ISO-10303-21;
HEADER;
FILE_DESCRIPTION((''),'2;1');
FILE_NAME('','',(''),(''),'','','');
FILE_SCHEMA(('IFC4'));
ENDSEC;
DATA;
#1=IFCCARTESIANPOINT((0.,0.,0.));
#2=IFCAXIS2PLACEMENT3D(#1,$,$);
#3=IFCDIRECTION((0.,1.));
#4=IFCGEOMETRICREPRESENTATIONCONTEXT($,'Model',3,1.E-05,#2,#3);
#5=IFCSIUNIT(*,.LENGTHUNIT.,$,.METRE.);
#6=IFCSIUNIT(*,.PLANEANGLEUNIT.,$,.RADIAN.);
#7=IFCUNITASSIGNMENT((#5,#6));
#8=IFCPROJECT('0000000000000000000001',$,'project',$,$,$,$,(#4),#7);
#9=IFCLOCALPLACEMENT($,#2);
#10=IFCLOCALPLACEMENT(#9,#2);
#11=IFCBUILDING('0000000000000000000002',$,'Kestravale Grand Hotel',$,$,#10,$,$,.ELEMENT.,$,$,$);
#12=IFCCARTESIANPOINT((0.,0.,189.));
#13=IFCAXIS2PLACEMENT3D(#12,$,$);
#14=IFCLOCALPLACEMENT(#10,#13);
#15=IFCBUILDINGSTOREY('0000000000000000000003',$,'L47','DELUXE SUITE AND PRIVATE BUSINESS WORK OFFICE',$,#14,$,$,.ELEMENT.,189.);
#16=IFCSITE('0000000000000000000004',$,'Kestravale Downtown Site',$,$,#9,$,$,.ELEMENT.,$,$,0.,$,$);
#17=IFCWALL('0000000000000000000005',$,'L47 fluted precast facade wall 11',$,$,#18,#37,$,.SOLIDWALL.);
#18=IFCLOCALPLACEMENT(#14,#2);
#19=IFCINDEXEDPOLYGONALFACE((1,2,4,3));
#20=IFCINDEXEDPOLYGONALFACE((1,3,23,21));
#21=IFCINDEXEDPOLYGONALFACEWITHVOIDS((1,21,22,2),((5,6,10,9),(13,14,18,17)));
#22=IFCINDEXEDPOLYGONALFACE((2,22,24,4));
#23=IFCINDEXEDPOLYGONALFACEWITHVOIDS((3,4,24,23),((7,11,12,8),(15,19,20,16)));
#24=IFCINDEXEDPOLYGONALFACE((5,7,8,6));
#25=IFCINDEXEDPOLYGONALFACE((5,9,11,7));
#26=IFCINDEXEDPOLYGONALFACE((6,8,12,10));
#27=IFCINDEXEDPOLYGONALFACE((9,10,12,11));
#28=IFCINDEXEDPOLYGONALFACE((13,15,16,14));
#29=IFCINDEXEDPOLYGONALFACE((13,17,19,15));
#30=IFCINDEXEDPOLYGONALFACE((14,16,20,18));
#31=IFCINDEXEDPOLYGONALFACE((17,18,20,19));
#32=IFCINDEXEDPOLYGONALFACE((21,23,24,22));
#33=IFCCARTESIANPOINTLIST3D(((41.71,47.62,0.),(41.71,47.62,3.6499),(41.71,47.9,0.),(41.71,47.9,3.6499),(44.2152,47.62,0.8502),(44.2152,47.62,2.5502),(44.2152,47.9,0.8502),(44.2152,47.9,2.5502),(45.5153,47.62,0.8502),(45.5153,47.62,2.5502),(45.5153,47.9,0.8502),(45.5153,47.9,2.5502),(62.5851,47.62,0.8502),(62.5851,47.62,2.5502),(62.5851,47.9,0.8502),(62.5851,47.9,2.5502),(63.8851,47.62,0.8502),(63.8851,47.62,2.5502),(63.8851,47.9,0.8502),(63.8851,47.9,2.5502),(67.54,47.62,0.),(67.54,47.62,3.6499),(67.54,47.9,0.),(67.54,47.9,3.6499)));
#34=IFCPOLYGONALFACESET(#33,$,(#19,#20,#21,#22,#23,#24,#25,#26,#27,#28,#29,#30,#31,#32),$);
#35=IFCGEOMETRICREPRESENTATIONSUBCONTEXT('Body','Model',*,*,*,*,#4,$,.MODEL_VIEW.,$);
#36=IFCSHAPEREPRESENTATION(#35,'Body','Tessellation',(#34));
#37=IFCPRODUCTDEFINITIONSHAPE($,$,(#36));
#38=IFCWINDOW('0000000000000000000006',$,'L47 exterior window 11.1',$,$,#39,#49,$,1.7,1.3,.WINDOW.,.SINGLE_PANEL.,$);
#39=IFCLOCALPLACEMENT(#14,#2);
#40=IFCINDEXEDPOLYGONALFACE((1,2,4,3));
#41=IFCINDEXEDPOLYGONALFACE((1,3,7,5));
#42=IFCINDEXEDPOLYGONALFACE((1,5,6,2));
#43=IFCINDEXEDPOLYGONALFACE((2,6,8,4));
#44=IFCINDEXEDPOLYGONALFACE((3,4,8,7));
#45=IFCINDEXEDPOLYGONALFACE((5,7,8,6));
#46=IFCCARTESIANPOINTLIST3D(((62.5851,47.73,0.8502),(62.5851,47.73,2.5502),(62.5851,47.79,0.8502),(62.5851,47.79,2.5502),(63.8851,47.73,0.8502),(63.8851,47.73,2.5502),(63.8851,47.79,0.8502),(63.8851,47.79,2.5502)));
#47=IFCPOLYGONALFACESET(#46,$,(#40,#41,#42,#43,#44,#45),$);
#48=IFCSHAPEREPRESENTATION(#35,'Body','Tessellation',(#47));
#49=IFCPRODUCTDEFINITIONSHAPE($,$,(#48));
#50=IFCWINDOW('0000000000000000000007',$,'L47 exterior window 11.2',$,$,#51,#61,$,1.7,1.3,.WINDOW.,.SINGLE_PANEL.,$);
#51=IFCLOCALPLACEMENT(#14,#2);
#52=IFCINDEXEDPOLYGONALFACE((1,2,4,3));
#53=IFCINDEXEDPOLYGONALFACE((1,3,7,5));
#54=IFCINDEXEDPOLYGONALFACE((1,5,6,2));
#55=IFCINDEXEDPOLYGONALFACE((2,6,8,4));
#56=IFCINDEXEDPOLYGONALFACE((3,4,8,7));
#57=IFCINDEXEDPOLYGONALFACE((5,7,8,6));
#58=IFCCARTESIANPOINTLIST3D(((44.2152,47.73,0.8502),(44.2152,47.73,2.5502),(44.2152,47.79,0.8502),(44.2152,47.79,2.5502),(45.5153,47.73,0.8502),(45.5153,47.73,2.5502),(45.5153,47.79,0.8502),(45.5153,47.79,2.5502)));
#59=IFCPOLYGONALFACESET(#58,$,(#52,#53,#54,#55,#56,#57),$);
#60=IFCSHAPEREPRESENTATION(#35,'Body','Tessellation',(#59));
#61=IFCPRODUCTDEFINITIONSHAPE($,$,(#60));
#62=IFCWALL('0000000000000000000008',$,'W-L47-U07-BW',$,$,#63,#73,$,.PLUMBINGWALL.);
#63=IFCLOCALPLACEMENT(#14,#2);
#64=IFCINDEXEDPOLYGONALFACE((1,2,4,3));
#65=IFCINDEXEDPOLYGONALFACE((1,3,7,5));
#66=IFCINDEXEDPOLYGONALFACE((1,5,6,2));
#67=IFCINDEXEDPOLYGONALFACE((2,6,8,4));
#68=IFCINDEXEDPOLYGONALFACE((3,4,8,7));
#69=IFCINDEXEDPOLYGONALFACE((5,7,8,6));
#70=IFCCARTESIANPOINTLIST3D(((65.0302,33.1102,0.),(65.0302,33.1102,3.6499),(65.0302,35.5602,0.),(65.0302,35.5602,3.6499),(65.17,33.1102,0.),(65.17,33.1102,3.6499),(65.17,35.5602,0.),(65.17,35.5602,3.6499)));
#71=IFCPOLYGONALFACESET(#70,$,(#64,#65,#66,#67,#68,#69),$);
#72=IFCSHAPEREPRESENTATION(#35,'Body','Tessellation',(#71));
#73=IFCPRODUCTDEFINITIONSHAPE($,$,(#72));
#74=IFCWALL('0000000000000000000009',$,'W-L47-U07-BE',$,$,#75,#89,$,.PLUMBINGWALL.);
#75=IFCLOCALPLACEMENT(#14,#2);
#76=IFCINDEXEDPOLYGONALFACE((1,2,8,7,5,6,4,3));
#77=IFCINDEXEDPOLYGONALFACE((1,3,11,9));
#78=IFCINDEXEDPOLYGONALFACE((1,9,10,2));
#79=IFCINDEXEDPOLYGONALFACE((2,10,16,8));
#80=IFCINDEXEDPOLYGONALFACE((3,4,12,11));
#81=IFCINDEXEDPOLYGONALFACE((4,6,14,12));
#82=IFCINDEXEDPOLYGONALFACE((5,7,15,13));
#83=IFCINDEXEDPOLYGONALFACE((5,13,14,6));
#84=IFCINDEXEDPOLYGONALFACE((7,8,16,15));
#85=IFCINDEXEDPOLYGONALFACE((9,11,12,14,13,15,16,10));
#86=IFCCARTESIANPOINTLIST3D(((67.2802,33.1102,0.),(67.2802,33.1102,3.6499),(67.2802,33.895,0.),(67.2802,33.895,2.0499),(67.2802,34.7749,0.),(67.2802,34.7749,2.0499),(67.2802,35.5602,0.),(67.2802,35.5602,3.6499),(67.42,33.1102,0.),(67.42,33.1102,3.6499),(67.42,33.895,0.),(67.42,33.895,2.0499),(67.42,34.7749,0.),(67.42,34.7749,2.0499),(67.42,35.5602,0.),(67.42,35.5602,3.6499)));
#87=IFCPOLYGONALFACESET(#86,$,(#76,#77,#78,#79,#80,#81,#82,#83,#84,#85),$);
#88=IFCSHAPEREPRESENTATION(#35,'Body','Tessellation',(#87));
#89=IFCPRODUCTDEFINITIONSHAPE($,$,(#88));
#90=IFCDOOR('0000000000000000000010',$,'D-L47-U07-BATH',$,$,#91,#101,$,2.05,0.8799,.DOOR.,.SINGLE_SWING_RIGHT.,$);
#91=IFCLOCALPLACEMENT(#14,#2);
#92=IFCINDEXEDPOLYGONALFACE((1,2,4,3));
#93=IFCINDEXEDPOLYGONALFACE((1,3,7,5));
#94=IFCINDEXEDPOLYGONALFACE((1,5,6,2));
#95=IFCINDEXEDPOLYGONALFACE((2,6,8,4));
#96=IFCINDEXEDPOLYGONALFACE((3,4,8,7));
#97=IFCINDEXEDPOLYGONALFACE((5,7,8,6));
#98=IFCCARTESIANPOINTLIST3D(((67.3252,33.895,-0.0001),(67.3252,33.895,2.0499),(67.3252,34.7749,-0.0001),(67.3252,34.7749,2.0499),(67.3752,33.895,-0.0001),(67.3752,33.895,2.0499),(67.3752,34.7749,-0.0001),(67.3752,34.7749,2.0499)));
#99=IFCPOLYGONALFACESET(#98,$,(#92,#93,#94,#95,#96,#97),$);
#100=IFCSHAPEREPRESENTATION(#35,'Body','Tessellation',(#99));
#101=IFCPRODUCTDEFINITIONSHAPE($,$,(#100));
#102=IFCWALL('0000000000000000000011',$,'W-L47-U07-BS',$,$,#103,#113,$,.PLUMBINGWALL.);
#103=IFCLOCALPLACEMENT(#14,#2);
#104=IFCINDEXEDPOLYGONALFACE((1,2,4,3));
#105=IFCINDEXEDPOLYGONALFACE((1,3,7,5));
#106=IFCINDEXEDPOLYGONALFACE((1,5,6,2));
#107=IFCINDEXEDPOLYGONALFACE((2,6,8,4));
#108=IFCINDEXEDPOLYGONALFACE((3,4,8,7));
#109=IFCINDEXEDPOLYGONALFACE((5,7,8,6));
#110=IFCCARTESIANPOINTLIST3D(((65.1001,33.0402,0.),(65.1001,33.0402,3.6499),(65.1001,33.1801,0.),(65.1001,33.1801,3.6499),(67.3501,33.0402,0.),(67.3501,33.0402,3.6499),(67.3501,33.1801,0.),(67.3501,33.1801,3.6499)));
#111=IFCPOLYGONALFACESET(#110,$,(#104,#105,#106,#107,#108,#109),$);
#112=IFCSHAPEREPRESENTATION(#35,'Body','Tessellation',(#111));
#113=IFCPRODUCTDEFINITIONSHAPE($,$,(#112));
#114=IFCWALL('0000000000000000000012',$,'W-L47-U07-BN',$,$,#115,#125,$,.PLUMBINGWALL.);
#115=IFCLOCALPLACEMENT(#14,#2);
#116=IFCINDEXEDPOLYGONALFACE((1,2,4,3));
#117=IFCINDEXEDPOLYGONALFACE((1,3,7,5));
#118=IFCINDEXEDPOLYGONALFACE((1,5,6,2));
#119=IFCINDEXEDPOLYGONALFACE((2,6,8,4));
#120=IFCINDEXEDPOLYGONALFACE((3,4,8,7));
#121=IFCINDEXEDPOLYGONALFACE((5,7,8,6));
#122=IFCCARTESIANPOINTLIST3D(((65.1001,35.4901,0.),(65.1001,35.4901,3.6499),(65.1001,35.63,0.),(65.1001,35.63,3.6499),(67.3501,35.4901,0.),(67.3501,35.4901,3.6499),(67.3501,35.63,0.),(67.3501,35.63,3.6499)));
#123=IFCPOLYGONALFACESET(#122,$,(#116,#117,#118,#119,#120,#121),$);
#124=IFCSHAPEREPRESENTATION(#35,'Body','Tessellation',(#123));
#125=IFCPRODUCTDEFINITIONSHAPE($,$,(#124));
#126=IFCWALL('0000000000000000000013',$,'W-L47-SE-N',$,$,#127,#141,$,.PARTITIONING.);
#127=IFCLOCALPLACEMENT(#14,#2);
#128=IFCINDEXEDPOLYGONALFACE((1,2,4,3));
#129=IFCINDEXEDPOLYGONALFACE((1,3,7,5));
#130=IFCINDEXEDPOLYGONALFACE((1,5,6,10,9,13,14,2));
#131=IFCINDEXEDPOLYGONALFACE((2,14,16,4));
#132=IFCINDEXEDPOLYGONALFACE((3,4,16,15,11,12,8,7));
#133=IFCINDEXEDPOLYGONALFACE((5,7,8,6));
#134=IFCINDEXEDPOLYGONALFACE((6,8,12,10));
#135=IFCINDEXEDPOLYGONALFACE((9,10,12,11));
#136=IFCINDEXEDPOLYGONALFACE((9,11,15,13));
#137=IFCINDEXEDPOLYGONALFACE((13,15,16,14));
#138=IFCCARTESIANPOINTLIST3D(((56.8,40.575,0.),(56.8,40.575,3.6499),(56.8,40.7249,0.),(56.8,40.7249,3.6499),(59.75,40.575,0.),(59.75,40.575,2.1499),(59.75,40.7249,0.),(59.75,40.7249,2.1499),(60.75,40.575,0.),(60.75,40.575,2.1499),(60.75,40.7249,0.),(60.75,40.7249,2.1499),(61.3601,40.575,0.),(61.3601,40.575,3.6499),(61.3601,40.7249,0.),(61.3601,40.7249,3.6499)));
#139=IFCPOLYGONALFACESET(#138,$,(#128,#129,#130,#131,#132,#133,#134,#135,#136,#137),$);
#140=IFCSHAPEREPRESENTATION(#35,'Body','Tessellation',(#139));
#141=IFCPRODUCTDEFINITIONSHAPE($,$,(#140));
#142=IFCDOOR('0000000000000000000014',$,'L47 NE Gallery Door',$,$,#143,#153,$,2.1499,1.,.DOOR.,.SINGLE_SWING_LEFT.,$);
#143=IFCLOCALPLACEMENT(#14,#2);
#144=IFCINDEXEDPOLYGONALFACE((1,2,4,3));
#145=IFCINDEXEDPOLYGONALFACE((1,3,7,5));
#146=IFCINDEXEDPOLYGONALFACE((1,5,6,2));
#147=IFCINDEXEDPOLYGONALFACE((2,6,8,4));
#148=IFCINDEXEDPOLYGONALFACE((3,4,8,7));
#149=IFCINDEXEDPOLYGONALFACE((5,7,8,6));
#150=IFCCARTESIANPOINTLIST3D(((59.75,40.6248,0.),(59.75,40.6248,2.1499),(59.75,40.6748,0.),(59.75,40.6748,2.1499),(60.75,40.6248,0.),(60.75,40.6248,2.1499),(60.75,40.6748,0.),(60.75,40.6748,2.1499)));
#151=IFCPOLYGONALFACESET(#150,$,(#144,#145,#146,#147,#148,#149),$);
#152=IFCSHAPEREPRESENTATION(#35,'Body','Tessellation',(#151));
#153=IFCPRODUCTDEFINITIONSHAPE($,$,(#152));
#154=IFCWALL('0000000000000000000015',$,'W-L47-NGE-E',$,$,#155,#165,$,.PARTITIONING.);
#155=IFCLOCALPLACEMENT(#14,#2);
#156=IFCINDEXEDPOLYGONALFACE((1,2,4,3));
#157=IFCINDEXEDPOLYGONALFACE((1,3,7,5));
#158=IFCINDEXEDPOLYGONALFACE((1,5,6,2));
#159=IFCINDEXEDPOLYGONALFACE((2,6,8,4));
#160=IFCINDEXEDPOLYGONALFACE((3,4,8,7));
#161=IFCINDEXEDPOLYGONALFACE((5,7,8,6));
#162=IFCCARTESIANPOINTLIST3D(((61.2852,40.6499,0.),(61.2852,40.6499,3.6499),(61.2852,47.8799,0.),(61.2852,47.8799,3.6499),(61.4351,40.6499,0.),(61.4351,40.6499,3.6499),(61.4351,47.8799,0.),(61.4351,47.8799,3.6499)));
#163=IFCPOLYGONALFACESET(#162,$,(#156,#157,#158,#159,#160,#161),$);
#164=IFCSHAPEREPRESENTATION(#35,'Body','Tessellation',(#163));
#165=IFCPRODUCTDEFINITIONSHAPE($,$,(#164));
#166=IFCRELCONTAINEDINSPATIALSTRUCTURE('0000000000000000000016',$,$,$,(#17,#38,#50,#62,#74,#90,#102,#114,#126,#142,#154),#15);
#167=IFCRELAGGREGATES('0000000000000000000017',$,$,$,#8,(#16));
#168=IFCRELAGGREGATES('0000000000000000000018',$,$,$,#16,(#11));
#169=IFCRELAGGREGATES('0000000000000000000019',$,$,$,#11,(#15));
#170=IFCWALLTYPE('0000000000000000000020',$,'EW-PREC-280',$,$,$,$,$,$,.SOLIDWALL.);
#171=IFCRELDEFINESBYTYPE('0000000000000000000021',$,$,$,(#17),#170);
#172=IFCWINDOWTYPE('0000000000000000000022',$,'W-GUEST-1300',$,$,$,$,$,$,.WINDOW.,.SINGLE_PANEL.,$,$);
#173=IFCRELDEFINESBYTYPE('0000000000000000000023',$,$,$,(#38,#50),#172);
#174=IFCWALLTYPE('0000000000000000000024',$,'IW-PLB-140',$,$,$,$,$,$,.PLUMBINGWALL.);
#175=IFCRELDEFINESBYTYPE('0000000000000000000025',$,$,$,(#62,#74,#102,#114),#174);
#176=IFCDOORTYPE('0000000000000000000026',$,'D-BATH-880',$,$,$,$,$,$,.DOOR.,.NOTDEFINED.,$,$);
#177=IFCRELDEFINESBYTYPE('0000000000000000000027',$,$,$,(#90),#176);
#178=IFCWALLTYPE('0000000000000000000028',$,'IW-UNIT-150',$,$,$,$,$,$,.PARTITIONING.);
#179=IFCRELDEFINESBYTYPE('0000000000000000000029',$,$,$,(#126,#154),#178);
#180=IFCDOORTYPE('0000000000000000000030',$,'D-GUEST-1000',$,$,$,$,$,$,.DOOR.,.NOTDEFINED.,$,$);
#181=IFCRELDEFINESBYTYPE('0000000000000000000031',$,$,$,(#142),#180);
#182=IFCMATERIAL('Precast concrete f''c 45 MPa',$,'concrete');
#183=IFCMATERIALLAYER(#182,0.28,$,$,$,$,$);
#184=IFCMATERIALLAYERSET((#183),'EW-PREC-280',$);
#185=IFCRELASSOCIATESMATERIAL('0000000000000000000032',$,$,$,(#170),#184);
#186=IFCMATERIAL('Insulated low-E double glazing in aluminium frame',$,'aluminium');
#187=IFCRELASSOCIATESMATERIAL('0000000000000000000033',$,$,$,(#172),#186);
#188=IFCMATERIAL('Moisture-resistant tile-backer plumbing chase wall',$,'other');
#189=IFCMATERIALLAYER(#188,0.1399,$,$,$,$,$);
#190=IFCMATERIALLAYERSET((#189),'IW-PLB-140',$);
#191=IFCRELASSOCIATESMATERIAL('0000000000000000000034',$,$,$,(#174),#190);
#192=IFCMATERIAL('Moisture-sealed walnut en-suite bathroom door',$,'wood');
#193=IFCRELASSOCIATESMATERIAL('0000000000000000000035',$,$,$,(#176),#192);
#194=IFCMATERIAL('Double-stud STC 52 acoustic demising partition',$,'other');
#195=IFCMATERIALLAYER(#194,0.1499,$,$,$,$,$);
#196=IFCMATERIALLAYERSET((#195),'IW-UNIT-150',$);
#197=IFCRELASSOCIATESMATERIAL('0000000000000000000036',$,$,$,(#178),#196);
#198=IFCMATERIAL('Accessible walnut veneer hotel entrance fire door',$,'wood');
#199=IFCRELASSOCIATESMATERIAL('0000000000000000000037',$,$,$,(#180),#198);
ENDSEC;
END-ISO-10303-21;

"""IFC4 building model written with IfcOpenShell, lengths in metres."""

from ifc_helpers import new_model, si_unit, direction, frame, frame_2d, origin, place, context, subcontext, project, spatial, rectangle, extrude, material, layer, layer_set, type_object, element, fill, save


model = new_model("IFC4")

# Units and contexts
model_context = context("Model", 3, precision=1e-05, world=origin(), true_north=direction((0.0, 1.0)))
body_context = subcontext(model_context, "Body", "Model", "MODEL_VIEW")
ifc_project = project(units=[si_unit("LENGTHUNIT", "METRE"), si_unit("PLANEANGLEUNIT", "RADIAN")], contexts=[model_context])

# Site, building, storey
site_placement = place(None, origin())
site = spatial("IfcSite", under=ifc_project, at=site_placement, Name="Kestravale Downtown Site", CompositionType="ELEMENT", RefElevation=0.0)
building_placement = place(site_placement, origin())
building = spatial("IfcBuilding", under=site, at=building_placement, Name="Kestravale Grand Hotel", CompositionType="ELEMENT")
storey_placement = place(building_placement, frame((0.0, 0.0, 189.0)))
storey = spatial("IfcBuildingStorey", under=building, at=storey_placement, Name="L47", Description="DELUXE SUITE AND PRIVATE BUSINESS WORK OFFICE", CompositionType="ELEMENT", Elevation=189.0)

# Shared definitions
ifc_material_1 = material(Name="Precast concrete f'c 45 MPa", Category="concrete")
ifc_layer_1 = layer(ifc_material_1, 0.28)
ifc_layer_set_1 = layer_set([ifc_layer_1], Name="EW-PREC-280")
wall_type_1 = type_object("IfcWallType", Name="EW-PREC-280", PredefinedType="SOLIDWALL", material=ifc_layer_set_1)
ifc_material_2 = material(Name="Insulated low-E double glazing in aluminium frame", Category="aluminium")
window_type = type_object("IfcWindowType", Name="W-GUEST-1300", PartitioningType="SINGLE_PANEL", PredefinedType="WINDOW", material=ifc_material_2)

# Wall, openings, windows
wall_1_placement = place(storey_placement, frame((67.54, 47.76, 0.0), z_axis=(0.0, 0.0, 1.0), x_axis=(-1.0, 0.0, 0.0)))
wall_1 = element("IfcWall", 1, at=wall_1_placement, inside=storey, type_object=wall_type_1, Name="L47 fluted precast facade wall 11", PredefinedType="SOLIDWALL", context=body_context, shape_type="SweptSolid", body=[
    extrude(rectangle(XDim=25.8301, YDim=0.28, at=frame_2d((12.915, 0.0))), origin(), (0.0, 0.0, 1.0), 3.6499),
])
opening_1_placement = place(wall_1_placement, frame((3.655, 0.0, 0.8501)))
opening_1 = element("IfcOpeningElement", 2, at=opening_1_placement, cuts=wall_1, PredefinedType="OPENING", context=body_context, shape_type="SweptSolid", body=[
    extrude(rectangle(XDim=1.3, YDim=1.7, at=frame_2d((0.6499, 0.8501))), frame((0.0, 0.1499, 0.0), z_axis=(0.0, -1.0, 0.0), x_axis=(1.0, 0.0, 0.0)), (0.0, 0.0, 1.0), 0.3),
])
opening_2_placement = place(wall_1_placement, frame((22.0249, 0.0, 0.8501)))
opening_2 = element("IfcOpeningElement", 3, at=opening_2_placement, cuts=wall_1, PredefinedType="OPENING", context=body_context, shape_type="SweptSolid", body=[
    extrude(rectangle(XDim=1.3, YDim=1.7, at=frame_2d((0.6499, 0.8501))), frame((0.0, 0.1499, 0.0), z_axis=(0.0, -1.0, 0.0), x_axis=(1.0, 0.0, 0.0)), (0.0, 0.0, 1.0), 0.3),
])
window_1_placement = place(opening_1_placement, origin())
window_1 = element("IfcWindow", 4, at=window_1_placement, inside=storey, type_object=window_type, Name="L47 exterior window 11.1", OverallHeight=1.7, OverallWidth=1.3, PartitioningType="SINGLE_PANEL", PredefinedType="WINDOW", context=body_context, shape_type="SweptSolid", body=[
    extrude(rectangle(XDim=1.3, YDim=1.7, at=frame_2d((0.6499, 0.8501))), frame((0.0, 0.03, 0.0), z_axis=(0.0, -1.0, 0.0), x_axis=(1.0, 0.0, 0.0)), (0.0, 0.0, 1.0), 0.0601),
])
fill(opening_1, window_1)
window_2_placement = place(opening_2_placement, origin())
window_2 = element("IfcWindow", 5, at=window_2_placement, inside=storey, type_object=window_type, Name="L47 exterior window 11.2", OverallHeight=1.7, OverallWidth=1.3, PartitioningType="SINGLE_PANEL", PredefinedType="WINDOW", context=body_context, shape_type="SweptSolid", body=[
    extrude(rectangle(XDim=1.3, YDim=1.7, at=frame_2d((0.6499, 0.8501))), frame((0.0, 0.03, 0.0), z_axis=(0.0, -1.0, 0.0), x_axis=(1.0, 0.0, 0.0)), (0.0, 0.0, 1.0), 0.0601),
])
fill(opening_2, window_2)

# Wall
ifc_material_3 = material(Name="Moisture-resistant tile-backer plumbing chase wall", Category="other")
ifc_layer_2 = layer(ifc_material_3, 0.1399)
ifc_layer_set_2 = layer_set([ifc_layer_2], Name="IW-PLB-140")
wall_type_2 = type_object("IfcWallType", Name="IW-PLB-140", PredefinedType="PLUMBINGWALL", material=ifc_layer_set_2)
wall_2_placement = place(storey_placement, frame((65.1001, 33.1101, 0.0), z_axis=(0.0, 0.0, 1.0), x_axis=(0.0, 1.0, 0.0)))
element("IfcWall", 6, at=wall_2_placement, inside=storey, type_object=wall_type_2, Name="W-L47-U07-BW", PredefinedType="PLUMBINGWALL", context=body_context, shape_type="SweptSolid", body=[
    extrude(rectangle(XDim=2.45, YDim=0.1399, at=frame_2d((1.2251, 0.0))), origin(), (0.0, 0.0, 1.0), 3.6499),
])

# Wall, opening, door
wall_3_placement = place(storey_placement, frame((67.3501, 33.1101, 0.0), z_axis=(0.0, 0.0, 1.0), x_axis=(0.0, 1.0, 0.0)))
wall_3 = element("IfcWall", 7, at=wall_3_placement, inside=storey, type_object=wall_type_2, Name="W-L47-U07-BE", PredefinedType="PLUMBINGWALL", context=body_context, shape_type="SweptSolid", body=[
    extrude(rectangle(XDim=2.45, YDim=0.1399, at=frame_2d((1.2251, 0.0))), origin(), (0.0, 0.0, 1.0), 3.6499),
])
opening_3_placement = place(wall_3_placement, frame((0.7849, 0.0, 0.0)))
opening_3 = element("IfcOpeningElement", 8, at=opening_3_placement, cuts=wall_3, PredefinedType="OPENING", context=body_context, shape_type="SweptSolid", body=[
    extrude(rectangle(XDim=0.8799, YDim=2.05, at=frame_2d((0.4399, 1.0249))), frame((0.0, 0.0798, 0.0), z_axis=(0.0, -1.0, 0.0), x_axis=(1.0, 0.0, 0.0)), (0.0, 0.0, 1.0), 0.1599),
])
ifc_material_4 = material(Name="Moisture-sealed walnut en-suite bathroom door", Category="wood")
door_type_1 = type_object("IfcDoorType", Name="D-BATH-880", OperationType="NOTDEFINED", PredefinedType="DOOR", material=ifc_material_4)
door_1_placement = place(opening_3_placement, origin())
door_1 = element("IfcDoor", 9, at=door_1_placement, inside=storey, type_object=door_type_1, Name="D-L47-U07-BATH", OperationType="SINGLE_SWING_RIGHT", OverallHeight=2.05, OverallWidth=0.8799, PredefinedType="DOOR", context=body_context, shape_type="SweptSolid", body=[
    extrude(rectangle(XDim=0.8799, YDim=2.05, at=frame_2d((0.4399, 1.0249))), frame((0.0, 0.0249, 0.0), z_axis=(0.0, -1.0, 0.0), x_axis=(1.0, 0.0, 0.0)), (0.0, 0.0, 1.0), 0.05),
])
fill(opening_3, door_1)

# Walls
for number, where, z_axis, x_axis, name in (
    (10, (65.1001, 33.1101, 0.0), (0.0, 0.0, 1.0), (1.0, 0.0, 0.0), "W-L47-U07-BS"),
    (11, (65.1001, 35.5601, 0.0), (0.0, 0.0, 1.0), (1.0, 0.0, 0.0), "W-L47-U07-BN"),
):
    element("IfcWall", number, at=place(storey_placement, frame(where, z_axis=z_axis, x_axis=x_axis)), inside=storey, type_object=wall_type_2, Name=name, PredefinedType="PLUMBINGWALL", context=body_context, shape_type="SweptSolid", body=[
        extrude(rectangle(XDim=2.25, YDim=0.1399, at=frame_2d((1.125, 0.0))), origin(), (0.0, 0.0, 1.0), 3.6499),
    ])

# Wall, opening, door
ifc_material_5 = material(Name="Double-stud STC 52 acoustic demising partition", Category="other")
ifc_layer_3 = layer(ifc_material_5, 0.1499)
ifc_layer_set_3 = layer_set([ifc_layer_3], Name="IW-UNIT-150")
wall_type_3 = type_object("IfcWallType", Name="IW-UNIT-150", PredefinedType="PARTITIONING", material=ifc_layer_set_3)
wall_4_placement = place(storey_placement, frame((56.8, 40.6499, 0.0), z_axis=(0.0, 0.0, 1.0), x_axis=(1.0, 0.0, 0.0)))
wall_4 = element("IfcWall", 12, at=wall_4_placement, inside=storey, type_object=wall_type_3, Name="W-L47-SE-N", PredefinedType="PARTITIONING", context=body_context, shape_type="SweptSolid", body=[
    extrude(rectangle(XDim=4.5601, YDim=0.1499, at=frame_2d((2.28, 0.0))), origin(), (0.0, 0.0, 1.0), 3.6499),
])
opening_4_placement = place(wall_4_placement, frame((2.95, 0.0, 0.0)))
opening_4 = element("IfcOpeningElement", 13, at=opening_4_placement, cuts=wall_4, PredefinedType="OPENING", context=body_context, shape_type="SweptSolid", body=[
    extrude(rectangle(XDim=1.0, YDim=2.1499, at=frame_2d((0.5, 1.075))), frame((0.0, 0.085, 0.0), z_axis=(0.0, -1.0, 0.0), x_axis=(1.0, 0.0, 0.0)), (0.0, 0.0, 1.0), 0.1699),
])
ifc_material_6 = material(Name="Accessible walnut veneer hotel entrance fire door", Category="wood")
door_type_2 = type_object("IfcDoorType", Name="D-GUEST-1000", OperationType="NOTDEFINED", PredefinedType="DOOR", material=ifc_material_6)
door_2_placement = place(opening_4_placement, origin())
door_2 = element("IfcDoor", 14, at=door_2_placement, inside=storey, type_object=door_type_2, Name="L47 NE Gallery Door", OperationType="SINGLE_SWING_LEFT", OverallHeight=2.1499, OverallWidth=1.0, PredefinedType="DOOR", context=body_context, shape_type="SweptSolid", body=[
    extrude(rectangle(XDim=1.0, YDim=2.1499, at=frame_2d((0.5, 1.075))), frame((0.0, 0.0249, 0.0), z_axis=(0.0, -1.0, 0.0), x_axis=(1.0, 0.0, 0.0)), (0.0, 0.0, 1.0), 0.05),
])
fill(opening_4, door_2)

# Wall
wall_5_placement = place(storey_placement, frame((61.3601, 40.6499, 0.0), z_axis=(0.0, 0.0, 1.0), x_axis=(0.0, 1.0, 0.0)))
element("IfcWall", 15, at=wall_5_placement, inside=storey, type_object=wall_type_3, Name="W-L47-NGE-E", PredefinedType="PARTITIONING", context=body_context, shape_type="SweptSolid", body=[
    extrude(rectangle(XDim=7.23, YDim=0.1499, at=frame_2d((3.615, 0.0))), origin(), (0.0, 0.0, 1.0), 3.6499),
])

save(model, "model.ifc")
